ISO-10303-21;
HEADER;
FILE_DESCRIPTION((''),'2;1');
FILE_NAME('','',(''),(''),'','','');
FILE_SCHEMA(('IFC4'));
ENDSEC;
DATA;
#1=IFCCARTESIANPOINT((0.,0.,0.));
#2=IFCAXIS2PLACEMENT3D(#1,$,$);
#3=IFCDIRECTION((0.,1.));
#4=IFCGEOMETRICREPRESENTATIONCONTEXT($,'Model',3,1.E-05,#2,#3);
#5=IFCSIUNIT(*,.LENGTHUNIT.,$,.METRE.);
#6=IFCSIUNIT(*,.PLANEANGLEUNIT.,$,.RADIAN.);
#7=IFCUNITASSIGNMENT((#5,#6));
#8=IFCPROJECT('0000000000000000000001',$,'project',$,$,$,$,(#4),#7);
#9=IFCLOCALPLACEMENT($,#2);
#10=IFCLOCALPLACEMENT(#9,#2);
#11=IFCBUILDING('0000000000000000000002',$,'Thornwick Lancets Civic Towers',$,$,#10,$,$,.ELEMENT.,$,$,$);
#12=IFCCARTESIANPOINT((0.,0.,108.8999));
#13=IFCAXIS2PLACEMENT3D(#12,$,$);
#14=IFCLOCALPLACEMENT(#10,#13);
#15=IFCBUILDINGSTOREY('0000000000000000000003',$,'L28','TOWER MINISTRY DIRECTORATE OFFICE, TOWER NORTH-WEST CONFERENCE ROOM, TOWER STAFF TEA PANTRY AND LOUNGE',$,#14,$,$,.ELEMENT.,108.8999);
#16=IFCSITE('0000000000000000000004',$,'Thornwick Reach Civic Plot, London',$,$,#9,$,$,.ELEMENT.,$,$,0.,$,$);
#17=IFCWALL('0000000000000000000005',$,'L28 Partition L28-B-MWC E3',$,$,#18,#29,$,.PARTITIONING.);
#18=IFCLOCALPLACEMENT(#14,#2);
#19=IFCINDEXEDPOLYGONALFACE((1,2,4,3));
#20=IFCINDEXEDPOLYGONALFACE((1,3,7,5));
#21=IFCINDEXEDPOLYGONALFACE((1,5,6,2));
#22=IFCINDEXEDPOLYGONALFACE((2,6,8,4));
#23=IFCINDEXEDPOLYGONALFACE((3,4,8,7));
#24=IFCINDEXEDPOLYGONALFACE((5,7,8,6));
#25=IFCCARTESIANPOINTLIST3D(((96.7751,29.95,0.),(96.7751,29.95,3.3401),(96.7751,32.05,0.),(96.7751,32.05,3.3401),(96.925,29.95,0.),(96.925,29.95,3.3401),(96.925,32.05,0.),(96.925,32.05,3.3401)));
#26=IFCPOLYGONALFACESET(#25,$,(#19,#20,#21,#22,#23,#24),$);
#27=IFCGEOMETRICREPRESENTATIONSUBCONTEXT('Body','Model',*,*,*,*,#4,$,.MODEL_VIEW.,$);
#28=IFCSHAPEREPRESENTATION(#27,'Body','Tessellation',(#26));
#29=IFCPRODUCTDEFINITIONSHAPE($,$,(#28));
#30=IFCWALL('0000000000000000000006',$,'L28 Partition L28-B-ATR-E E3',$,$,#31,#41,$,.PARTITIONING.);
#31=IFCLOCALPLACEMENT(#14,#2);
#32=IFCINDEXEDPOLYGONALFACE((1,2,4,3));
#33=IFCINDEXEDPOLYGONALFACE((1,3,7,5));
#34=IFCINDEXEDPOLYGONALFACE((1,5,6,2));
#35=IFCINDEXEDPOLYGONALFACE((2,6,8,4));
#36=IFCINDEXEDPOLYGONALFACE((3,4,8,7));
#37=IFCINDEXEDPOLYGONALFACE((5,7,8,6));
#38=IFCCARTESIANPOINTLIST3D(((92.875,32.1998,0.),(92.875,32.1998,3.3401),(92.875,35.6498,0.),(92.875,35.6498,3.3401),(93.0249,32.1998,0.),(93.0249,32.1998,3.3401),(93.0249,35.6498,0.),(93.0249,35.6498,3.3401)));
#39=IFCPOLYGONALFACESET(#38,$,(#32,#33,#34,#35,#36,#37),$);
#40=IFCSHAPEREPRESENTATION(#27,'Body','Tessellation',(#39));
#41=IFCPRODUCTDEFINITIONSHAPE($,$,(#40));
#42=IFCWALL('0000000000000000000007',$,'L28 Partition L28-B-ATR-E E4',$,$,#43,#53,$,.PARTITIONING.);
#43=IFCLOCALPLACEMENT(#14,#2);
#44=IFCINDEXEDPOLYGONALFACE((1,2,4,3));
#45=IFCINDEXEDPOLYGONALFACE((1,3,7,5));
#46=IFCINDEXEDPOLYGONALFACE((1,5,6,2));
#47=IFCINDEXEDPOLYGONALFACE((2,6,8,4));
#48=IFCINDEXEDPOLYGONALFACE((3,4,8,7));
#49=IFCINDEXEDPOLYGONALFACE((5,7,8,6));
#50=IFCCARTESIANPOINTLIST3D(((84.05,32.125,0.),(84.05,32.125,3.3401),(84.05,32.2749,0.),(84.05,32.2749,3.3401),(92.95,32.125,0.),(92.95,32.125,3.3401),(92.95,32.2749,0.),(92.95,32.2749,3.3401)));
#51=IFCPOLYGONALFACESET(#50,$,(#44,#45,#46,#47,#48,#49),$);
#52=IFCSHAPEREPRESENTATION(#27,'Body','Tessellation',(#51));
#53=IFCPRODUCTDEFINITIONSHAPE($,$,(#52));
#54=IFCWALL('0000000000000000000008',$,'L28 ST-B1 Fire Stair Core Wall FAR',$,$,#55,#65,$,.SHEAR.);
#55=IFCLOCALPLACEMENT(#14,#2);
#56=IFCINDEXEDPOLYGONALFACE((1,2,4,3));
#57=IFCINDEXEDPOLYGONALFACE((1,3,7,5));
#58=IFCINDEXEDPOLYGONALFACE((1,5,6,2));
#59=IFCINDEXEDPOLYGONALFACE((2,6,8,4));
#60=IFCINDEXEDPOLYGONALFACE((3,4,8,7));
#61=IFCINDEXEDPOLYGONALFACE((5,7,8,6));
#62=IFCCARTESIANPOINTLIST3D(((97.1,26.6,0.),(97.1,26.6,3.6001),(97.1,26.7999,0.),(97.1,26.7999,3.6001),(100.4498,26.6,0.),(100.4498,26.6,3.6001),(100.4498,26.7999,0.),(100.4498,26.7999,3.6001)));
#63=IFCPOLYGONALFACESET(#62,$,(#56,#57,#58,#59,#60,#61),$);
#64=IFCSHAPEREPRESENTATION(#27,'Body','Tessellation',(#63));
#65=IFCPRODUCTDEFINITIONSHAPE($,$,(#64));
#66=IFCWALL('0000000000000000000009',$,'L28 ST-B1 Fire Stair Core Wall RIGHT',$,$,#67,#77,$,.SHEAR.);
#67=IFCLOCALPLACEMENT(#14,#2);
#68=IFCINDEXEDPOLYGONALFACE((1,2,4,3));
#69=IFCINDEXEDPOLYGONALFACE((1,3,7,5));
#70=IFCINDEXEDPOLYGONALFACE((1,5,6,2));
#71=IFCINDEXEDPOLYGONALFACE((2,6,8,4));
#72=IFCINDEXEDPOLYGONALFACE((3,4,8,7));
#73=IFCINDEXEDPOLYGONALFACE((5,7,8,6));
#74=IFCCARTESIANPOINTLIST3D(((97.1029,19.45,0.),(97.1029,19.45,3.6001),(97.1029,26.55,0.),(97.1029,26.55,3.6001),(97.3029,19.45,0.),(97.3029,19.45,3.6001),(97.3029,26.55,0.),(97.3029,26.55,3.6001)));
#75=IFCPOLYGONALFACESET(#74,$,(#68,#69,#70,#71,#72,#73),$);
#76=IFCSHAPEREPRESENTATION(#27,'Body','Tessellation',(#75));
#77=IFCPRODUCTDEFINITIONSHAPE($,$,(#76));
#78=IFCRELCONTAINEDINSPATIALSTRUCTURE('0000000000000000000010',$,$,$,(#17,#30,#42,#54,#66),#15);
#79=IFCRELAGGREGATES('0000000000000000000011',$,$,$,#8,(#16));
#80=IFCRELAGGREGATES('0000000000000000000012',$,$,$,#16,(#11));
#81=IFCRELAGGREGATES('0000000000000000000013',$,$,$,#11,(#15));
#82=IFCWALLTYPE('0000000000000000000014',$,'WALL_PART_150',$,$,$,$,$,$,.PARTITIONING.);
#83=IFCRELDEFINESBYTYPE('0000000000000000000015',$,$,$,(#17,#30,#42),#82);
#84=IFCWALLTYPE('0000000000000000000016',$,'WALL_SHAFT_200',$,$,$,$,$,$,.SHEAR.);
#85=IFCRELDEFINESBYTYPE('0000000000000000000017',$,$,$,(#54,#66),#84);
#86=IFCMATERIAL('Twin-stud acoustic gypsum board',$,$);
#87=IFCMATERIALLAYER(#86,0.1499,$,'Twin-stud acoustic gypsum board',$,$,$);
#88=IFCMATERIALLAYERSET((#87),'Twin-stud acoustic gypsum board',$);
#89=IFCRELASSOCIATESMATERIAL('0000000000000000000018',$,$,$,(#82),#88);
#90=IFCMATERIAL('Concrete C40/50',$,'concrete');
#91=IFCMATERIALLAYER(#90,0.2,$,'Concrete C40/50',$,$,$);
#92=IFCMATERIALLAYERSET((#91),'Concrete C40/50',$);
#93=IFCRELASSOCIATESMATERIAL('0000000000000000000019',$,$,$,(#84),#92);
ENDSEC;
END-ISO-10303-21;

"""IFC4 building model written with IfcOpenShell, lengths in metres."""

from ifc_helpers import new_model, si_unit, direction, frame, frame_2d, origin, place, context, subcontext, project, spatial, rectangle, extrude, material, layer, layer_set, type_object, element, save


model = new_model("IFC4")

# Units and contexts
model_context = context("Model", 3, precision=1e-05, world=origin(), true_north=direction((0.0, 1.0)))
body_context = subcontext(model_context, "Body", "Model", "MODEL_VIEW")
ifc_project = project(units=[si_unit("LENGTHUNIT", "METRE"), si_unit("PLANEANGLEUNIT", "RADIAN")], contexts=[model_context])

# Site, building, storey
site_placement = place(None, origin())
site = spatial("IfcSite", under=ifc_project, at=site_placement, Name="Thornwick Reach Civic Plot, London", CompositionType="ELEMENT", RefElevation=0.0)
building_placement = place(site_placement, origin())
building = spatial("IfcBuilding", under=site, at=building_placement, Name="Thornwick Lancets Civic Towers", CompositionType="ELEMENT")
storey_placement = place(building_placement, frame((0.0, 0.0, 108.8999)))
storey = spatial("IfcBuildingStorey", under=building, at=storey_placement, Name="L28", Description="TOWER MINISTRY DIRECTORATE OFFICE, TOWER NORTH-WEST CONFERENCE ROOM, TOWER STAFF TEA PANTRY AND LOUNGE", CompositionType="ELEMENT", Elevation=108.8999)

# Shared definitions
ifc_material_1 = material(Name="Twin-stud acoustic gypsum board")
ifc_layer_1 = layer(ifc_material_1, 0.1499, Name="Twin-stud acoustic gypsum board")
ifc_layer_set_1 = layer_set([ifc_layer_1], Name="Twin-stud acoustic gypsum board")
wall_type_1 = type_object("IfcWallType", Name="WALL_PART_150", PredefinedType="PARTITIONING", material=ifc_layer_set_1)

# Walls
wall_1_placement = place(storey_placement, frame((96.8501, 32.05, 0.0), z_axis=(0.0, 0.0, 1.0), x_axis=(0.0, -1.0, 0.0)))
element("IfcWall", 1, at=wall_1_placement, inside=storey, type_object=wall_type_1, Name="L28 Partition L28-B-MWC E3", PredefinedType="PARTITIONING", context=body_context, shape_type="SweptSolid", body=[
    extrude(rectangle(XDim=2.1001, YDim=0.1499, at=frame_2d((1.05, 0.0))), origin(), (0.0, 0.0, 1.0), 3.3401),
])
wall_2_placement = place(storey_placement, frame((92.95, 35.6499, 0.0), z_axis=(0.0, 0.0, 1.0), x_axis=(0.0, -1.0, 0.0)))
element("IfcWall", 2, at=wall_2_placement, inside=storey, type_object=wall_type_1, Name="L28 Partition L28-B-ATR-E E3", PredefinedType="PARTITIONING", context=body_context, shape_type="SweptSolid", body=[
    extrude(rectangle(XDim=3.45, YDim=0.1499, at=frame_2d((1.7251, 0.0))), origin(), (0.0, 0.0, 1.0), 3.3401),
])
wall_3_placement = place(storey_placement, frame((92.95, 32.2, 0.0), z_axis=(0.0, 0.0, 1.0), x_axis=(-1.0, 0.0, 0.0)))
element("IfcWall", 3, at=wall_3_placement, inside=storey, type_object=wall_type_1, Name="L28 Partition L28-B-ATR-E E4", PredefinedType="PARTITIONING", context=body_context, shape_type="SweptSolid", body=[
    extrude(rectangle(XDim=8.8999, YDim=0.1499, at=frame_2d((4.45, 0.0))), origin(), (0.0, 0.0, 1.0), 3.3401),
])
ifc_material_2 = material(Name="Concrete C40/50", Category="concrete")
ifc_layer_2 = layer(ifc_material_2, 0.2, Name="Concrete C40/50")
ifc_layer_set_2 = layer_set([ifc_layer_2], Name="Concrete C40/50")
wall_type_2 = type_object("IfcWallType", Name="WALL_SHAFT_200", PredefinedType="SHEAR", material=ifc_layer_set_2)
wall_4_placement = place(storey_placement, frame((97.1001, 26.7, 0.0), z_axis=(0.0, 0.0, 1.0), x_axis=(1.0, 0.0, 0.0)))
element("IfcWall", 4, at=wall_4_placement, inside=storey, type_object=wall_type_2, Name="L28 ST-B1 Fire Stair Core Wall FAR", PredefinedType="SHEAR", context=body_context, shape_type="SweptSolid", body=[
    extrude(rectangle(XDim=3.3499, YDim=0.2, at=frame_2d((1.6748, 0.0))), origin(), (0.0, 0.0, 1.0), 3.6001),
])
wall_5_placement = place(storey_placement, frame((97.2029, 26.55, 0.0), z_axis=(0.0, 0.0, 1.0), x_axis=(0.0, -1.0, 0.0)))
element("IfcWall", 5, at=wall_5_placement, inside=storey, type_object=wall_type_2, Name="L28 ST-B1 Fire Stair Core Wall RIGHT", PredefinedType="SHEAR", context=body_context, shape_type="SweptSolid", body=[
    extrude(rectangle(XDim=7.1001, YDim=0.2, at=frame_2d((3.55, 0.0))), origin(), (0.0, 0.0, 1.0), 3.6001),
])

save(model, "model.ifc")
